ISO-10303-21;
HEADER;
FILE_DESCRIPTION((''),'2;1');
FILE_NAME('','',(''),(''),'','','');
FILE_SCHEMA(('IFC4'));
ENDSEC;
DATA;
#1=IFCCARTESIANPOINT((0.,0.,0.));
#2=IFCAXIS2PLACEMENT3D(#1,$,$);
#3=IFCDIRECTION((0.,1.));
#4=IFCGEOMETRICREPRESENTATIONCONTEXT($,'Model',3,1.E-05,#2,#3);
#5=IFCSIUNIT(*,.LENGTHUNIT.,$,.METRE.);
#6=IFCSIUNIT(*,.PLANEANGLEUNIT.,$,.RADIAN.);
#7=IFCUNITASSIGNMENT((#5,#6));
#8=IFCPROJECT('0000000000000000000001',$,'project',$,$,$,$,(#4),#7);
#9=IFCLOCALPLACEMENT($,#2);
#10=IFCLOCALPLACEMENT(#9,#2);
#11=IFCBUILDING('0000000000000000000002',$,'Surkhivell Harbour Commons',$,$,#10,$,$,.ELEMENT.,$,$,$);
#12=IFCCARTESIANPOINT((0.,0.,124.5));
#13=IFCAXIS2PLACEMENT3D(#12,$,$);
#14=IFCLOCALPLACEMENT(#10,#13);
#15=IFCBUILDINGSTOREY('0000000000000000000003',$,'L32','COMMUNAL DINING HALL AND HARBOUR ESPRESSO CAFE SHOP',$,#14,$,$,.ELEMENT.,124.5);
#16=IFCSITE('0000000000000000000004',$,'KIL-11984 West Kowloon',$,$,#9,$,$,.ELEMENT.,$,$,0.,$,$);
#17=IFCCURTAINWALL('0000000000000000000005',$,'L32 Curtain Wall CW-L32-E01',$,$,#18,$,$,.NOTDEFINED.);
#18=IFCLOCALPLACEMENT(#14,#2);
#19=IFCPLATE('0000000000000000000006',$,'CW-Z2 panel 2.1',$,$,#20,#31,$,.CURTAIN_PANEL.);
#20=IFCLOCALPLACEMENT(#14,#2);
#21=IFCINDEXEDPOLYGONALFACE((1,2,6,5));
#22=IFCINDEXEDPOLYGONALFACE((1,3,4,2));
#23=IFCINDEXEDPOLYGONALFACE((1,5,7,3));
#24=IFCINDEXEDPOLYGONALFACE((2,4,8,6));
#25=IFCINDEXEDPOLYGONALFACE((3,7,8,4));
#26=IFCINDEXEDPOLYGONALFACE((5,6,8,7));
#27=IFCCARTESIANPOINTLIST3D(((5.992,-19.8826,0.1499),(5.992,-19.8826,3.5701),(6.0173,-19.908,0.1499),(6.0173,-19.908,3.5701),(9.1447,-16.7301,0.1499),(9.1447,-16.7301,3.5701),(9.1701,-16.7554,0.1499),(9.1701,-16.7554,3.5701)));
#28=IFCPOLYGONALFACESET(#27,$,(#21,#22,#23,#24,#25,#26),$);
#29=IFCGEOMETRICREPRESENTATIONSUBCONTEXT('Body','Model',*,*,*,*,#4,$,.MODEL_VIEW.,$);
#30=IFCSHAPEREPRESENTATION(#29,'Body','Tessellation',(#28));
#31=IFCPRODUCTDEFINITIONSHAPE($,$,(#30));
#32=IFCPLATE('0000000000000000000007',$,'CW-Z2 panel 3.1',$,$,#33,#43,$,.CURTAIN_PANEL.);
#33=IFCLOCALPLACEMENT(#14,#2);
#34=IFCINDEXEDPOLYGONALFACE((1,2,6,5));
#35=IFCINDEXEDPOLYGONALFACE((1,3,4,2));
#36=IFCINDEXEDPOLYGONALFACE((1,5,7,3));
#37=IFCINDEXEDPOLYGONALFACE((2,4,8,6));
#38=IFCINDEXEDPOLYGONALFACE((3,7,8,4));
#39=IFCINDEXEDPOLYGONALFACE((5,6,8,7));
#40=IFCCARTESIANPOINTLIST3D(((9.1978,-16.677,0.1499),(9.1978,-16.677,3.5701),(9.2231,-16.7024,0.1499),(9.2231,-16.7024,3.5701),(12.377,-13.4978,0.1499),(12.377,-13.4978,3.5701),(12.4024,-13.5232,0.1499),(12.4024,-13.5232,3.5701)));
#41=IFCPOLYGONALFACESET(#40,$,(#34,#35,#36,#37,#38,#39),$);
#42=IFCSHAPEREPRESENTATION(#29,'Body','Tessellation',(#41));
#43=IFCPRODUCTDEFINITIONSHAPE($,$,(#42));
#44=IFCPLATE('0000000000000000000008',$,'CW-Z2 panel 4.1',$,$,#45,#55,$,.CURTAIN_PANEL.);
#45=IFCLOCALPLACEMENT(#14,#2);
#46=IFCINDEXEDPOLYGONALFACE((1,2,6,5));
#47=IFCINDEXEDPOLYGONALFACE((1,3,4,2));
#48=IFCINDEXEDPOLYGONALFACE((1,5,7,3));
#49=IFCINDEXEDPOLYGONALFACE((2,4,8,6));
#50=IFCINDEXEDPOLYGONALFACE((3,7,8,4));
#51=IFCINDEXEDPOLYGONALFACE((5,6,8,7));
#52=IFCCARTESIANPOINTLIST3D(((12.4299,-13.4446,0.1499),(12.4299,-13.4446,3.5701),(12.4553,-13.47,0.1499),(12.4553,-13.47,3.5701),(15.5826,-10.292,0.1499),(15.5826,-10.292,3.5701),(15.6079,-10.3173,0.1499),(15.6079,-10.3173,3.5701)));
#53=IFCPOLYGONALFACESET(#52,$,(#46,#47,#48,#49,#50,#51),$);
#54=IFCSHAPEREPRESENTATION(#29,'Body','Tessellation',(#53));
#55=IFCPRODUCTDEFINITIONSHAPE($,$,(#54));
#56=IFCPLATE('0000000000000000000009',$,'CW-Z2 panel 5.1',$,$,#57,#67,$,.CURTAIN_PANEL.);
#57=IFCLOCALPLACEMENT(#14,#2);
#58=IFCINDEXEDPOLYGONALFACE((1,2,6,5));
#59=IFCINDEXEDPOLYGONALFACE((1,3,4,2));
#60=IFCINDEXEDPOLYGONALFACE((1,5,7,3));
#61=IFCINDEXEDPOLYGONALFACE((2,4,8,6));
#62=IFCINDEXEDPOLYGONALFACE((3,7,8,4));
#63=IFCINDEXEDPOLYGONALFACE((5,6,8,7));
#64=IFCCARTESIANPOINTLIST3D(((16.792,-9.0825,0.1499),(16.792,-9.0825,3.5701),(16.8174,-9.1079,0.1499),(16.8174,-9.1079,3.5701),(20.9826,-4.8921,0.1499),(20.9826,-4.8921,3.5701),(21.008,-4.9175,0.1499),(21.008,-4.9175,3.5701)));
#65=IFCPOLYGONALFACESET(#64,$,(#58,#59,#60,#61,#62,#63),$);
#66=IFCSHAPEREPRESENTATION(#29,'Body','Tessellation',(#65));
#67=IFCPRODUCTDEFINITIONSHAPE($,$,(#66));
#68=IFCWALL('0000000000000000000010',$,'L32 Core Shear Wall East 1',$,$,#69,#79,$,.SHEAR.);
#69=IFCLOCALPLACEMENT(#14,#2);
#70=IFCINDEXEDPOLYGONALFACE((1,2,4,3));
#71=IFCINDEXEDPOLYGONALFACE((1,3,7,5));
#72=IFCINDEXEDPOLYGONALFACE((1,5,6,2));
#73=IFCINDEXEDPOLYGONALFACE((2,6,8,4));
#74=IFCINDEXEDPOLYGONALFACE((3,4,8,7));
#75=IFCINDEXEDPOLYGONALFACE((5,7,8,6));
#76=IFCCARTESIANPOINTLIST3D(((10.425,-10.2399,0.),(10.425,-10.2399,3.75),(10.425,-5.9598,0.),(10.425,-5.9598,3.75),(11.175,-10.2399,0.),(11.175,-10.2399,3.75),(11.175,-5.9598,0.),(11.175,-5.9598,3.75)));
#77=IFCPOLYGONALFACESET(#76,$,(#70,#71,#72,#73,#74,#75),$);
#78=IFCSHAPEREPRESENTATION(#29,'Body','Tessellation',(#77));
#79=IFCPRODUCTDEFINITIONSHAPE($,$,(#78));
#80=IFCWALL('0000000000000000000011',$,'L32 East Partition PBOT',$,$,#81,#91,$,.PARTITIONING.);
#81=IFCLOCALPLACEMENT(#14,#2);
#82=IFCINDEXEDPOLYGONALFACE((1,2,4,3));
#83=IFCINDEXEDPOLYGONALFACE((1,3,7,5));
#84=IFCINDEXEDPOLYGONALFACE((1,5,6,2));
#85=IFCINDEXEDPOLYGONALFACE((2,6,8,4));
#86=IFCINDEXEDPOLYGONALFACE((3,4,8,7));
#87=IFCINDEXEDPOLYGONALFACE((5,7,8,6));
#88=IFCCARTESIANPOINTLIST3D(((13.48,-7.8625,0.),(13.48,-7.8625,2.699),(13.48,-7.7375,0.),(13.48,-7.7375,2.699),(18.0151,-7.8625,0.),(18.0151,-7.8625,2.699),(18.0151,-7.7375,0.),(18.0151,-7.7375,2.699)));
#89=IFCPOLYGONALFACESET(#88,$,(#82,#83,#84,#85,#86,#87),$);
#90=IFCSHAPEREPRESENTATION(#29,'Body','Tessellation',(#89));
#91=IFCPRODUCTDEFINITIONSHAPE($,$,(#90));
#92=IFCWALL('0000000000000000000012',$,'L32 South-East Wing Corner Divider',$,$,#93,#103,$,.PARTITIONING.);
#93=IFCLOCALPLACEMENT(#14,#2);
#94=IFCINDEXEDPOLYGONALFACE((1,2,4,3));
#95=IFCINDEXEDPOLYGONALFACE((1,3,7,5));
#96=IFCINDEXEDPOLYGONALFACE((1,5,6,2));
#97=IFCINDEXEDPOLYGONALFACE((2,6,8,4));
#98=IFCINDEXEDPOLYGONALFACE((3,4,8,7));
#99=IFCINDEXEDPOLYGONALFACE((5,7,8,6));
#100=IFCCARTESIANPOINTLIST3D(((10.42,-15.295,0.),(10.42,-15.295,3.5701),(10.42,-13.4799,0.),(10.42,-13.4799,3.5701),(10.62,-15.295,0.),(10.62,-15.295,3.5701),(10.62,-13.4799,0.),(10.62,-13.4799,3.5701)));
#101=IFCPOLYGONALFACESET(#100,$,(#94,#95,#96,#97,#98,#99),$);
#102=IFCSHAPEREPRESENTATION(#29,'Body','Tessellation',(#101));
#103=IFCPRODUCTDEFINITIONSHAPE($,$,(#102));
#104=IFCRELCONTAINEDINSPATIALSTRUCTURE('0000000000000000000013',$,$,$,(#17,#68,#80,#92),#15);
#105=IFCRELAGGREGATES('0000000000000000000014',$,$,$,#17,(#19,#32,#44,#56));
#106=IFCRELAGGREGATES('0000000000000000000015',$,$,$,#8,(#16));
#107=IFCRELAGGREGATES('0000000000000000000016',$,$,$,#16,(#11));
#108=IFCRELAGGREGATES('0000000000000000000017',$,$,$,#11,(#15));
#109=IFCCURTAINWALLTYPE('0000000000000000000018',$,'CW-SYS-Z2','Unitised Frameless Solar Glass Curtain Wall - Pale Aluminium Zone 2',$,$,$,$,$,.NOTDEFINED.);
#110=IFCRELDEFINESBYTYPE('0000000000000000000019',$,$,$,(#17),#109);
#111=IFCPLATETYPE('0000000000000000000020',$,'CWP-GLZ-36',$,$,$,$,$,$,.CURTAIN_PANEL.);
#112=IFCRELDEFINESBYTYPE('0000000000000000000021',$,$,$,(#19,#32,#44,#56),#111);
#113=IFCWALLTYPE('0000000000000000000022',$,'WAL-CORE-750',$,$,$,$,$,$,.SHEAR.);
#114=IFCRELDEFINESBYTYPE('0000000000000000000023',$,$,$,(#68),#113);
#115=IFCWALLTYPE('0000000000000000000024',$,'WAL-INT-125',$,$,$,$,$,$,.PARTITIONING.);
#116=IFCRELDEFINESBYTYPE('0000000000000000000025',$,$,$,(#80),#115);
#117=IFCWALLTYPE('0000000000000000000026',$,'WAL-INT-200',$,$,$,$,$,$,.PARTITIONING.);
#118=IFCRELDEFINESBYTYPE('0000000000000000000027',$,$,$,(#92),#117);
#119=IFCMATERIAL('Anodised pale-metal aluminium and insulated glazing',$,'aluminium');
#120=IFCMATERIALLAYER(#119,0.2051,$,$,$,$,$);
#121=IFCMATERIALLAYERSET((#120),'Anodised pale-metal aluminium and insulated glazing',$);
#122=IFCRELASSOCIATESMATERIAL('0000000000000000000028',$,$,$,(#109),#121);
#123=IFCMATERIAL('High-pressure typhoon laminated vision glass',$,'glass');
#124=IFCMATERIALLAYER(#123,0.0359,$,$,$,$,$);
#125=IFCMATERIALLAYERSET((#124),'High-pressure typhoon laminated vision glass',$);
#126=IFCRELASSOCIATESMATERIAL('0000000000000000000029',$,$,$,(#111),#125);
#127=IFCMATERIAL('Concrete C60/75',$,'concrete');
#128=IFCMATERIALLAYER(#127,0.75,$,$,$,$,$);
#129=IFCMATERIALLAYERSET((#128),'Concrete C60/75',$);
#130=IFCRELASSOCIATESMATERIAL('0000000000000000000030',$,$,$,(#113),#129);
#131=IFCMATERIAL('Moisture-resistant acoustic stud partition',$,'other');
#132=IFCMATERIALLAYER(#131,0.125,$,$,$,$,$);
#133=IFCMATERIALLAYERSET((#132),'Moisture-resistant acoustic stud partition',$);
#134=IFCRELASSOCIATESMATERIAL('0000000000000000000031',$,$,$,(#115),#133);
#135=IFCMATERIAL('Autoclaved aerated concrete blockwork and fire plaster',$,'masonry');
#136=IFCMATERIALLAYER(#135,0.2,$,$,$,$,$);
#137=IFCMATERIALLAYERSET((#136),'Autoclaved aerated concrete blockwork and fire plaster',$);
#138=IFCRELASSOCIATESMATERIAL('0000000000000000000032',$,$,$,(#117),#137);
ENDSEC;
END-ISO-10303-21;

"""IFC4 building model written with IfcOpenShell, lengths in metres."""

from ifc_helpers import new_model, si_unit, direction, frame, frame_2d, origin, place, context, subcontext, project, spatial, rectangle, extrude, material, layer, layer_set, type_object, element, aggregate, save


model = new_model("IFC4")

# Units and contexts
model_context = context("Model", 3, precision=1e-05, world=origin(), true_north=direction((0.0, 1.0)))
body_context = subcontext(model_context, "Body", "Model", "MODEL_VIEW")
ifc_project = project(units=[si_unit("LENGTHUNIT", "METRE"), si_unit("PLANEANGLEUNIT", "RADIAN")], contexts=[model_context])

# Site, building, storey
site_placement = place(None, origin())
site = spatial("IfcSite", under=ifc_project, at=site_placement, Name="KIL-11984 West Kowloon", CompositionType="ELEMENT", RefElevation=0.0)
building_placement = place(site_placement, origin())
building = spatial("IfcBuilding", under=site, at=building_placement, Name="Surkhivell Harbour Commons", CompositionType="ELEMENT")
storey_placement = place(building_placement, frame((0.0, 0.0, 124.5)))
storey = spatial("IfcBuildingStorey", under=building, at=storey_placement, Name="L32", Description="COMMUNAL DINING HALL AND HARBOUR ESPRESSO CAFE SHOP", CompositionType="ELEMENT", Elevation=124.5)

# Shared definitions
ifc_material_1 = material(Name="Concrete C60/75", Category="concrete")

# Curtain wall, plates
ifc_material_2 = material(Name="Anodised pale-metal aluminium and insulated glazing", Category="aluminium")
ifc_layer_1 = layer(ifc_material_2, 0.2051)
ifc_layer_set_1 = layer_set([ifc_layer_1], Name="Anodised pale-metal aluminium and insulated glazing")
curtain_wall_type = type_object("IfcCurtainWallType", Name="CW-SYS-Z2", Description="Unitised Frameless Solar Glass Curtain Wall - Pale Aluminium Zone 2", PredefinedType="NOTDEFINED", material=ifc_layer_set_1)
curtain_wall_placement = place(storey_placement, origin())
curtain_wall = element("IfcCurtainWall", 1, at=curtain_wall_placement, inside=storey, type_object=curtain_wall_type, Name="L32 Curtain Wall CW-L32-E01", PredefinedType="NOTDEFINED")
ifc_material_3 = material(Name="High-pressure typhoon laminated vision glass", Category="glass")
ifc_layer_2 = layer(ifc_material_3, 0.0359)
ifc_layer_set_2 = layer_set([ifc_layer_2], Name="High-pressure typhoon laminated vision glass")
plate_type = type_object("IfcPlateType", Name="CWP-GLZ-36", PredefinedType="CURTAIN_PANEL", material=ifc_layer_set_2)
plate_1_placement = place(storey_placement, frame((6.0046, -19.8953, 0.1499), z_axis=(0.0, 0.0, 1.0), x_axis=(0.707134, 0.707079, 0.0)))
plate_1 = element("IfcPlate", 2, at=plate_1_placement, type_object=plate_type, Name="CW-Z2 panel 2.1", PredefinedType="CURTAIN_PANEL", context=body_context, shape_type="SweptSolid", body=[
    extrude(rectangle(XDim=4.4585, YDim=0.0359, at=frame_2d((2.2292, 0.0))), origin(), (0.0, 0.0, 1.0), 3.4202),
])
plate_2_placement = place(storey_placement, frame((9.2104, -16.6897, 0.1499), z_axis=(0.0, 0.0, 1.0), x_axis=(0.707107, 0.707107, 0.0)))
plate_2 = element("IfcPlate", 3, at=plate_2_placement, type_object=plate_type, Name="CW-Z2 panel 3.1", PredefinedType="CURTAIN_PANEL", context=body_context, shape_type="SweptSolid", body=[
    extrude(rectangle(XDim=4.4961, YDim=0.0359, at=frame_2d((2.248, 0.0))), origin(), (0.0, 0.0, 1.0), 3.4202),
])
plate_3_placement = place(storey_placement, frame((12.4426, -13.4573, 0.1499), z_axis=(0.0, 0.0, 1.0), x_axis=(0.707107, 0.707107, 0.0)))
plate_3 = element("IfcPlate", 4, at=plate_3_placement, type_object=plate_type, Name="CW-Z2 panel 4.1", PredefinedType="CURTAIN_PANEL", context=body_context, shape_type="SweptSolid", body=[
    extrude(rectangle(XDim=4.4585, YDim=0.0359, at=frame_2d((2.2292, 0.0))), origin(), (0.0, 0.0, 1.0), 3.4202),
])
plate_4_placement = place(storey_placement, frame((16.8047, -9.0952, 0.1499), z_axis=(0.0, 0.0, 1.0), x_axis=(0.707127, 0.707086, 0.0)))
plate_4 = element("IfcPlate", 5, at=plate_4_placement, type_object=plate_type, Name="CW-Z2 panel 5.1", PredefinedType="CURTAIN_PANEL", context=body_context, shape_type="SweptSolid", body=[
    extrude(rectangle(XDim=5.9263, YDim=0.0359, at=frame_2d((2.9631, 0.0))), origin(), (0.0, 0.0, 1.0), 3.4202),
])
aggregate(curtain_wall, [plate_1, plate_2, plate_3, plate_4])

# Walls
ifc_layer_3 = layer(ifc_material_1, 0.75)
ifc_layer_set_3 = layer_set([ifc_layer_3], Name="Concrete C60/75")
wall_type_1 = type_object("IfcWallType", Name="WAL-CORE-750", PredefinedType="SHEAR", material=ifc_layer_set_3)
wall_1_placement = place(storey_placement, frame((10.8, -10.24, 0.0), z_axis=(0.0, 0.0, 1.0), x_axis=(0.0, 1.0, 0.0)))
element("IfcWall", 6, at=wall_1_placement, inside=storey, type_object=wall_type_1, Name="L32 Core Shear Wall East 1", PredefinedType="SHEAR", context=body_context, shape_type="SweptSolid", body=[
    extrude(rectangle(XDim=4.28, YDim=0.75, at=frame_2d((2.1401, 0.0))), origin(), (0.0, 0.0, 1.0), 3.75),
])
ifc_material_4 = material(Name="Moisture-resistant acoustic stud partition", Category="other")
ifc_layer_4 = layer(ifc_material_4, 0.125)
ifc_layer_set_4 = layer_set([ifc_layer_4], Name="Moisture-resistant acoustic stud partition")
wall_type_2 = type_object("IfcWallType", Name="WAL-INT-125", PredefinedType="PARTITIONING", material=ifc_layer_set_4)
wall_2_placement = place(storey_placement, frame((13.48, -7.8, 0.0), z_axis=(0.0, 0.0, 1.0), x_axis=(1.0, 0.0, 0.0)))
element("IfcWall", 7, at=wall_2_placement, inside=storey, type_object=wall_type_2, Name="L32 East Partition PBOT", PredefinedType="PARTITIONING", context=body_context, shape_type="SweptSolid", body=[
    extrude(rectangle(XDim=4.5352, YDim=0.125, at=frame_2d((2.2676, 0.0))), origin(), (0.0, 0.0, 1.0), 2.699),
])
ifc_material_5 = material(Name="Autoclaved aerated concrete blockwork and fire plaster", Category="masonry")
ifc_layer_5 = layer(ifc_material_5, 0.2)
ifc_layer_set_5 = layer_set([ifc_layer_5], Name="Autoclaved aerated concrete blockwork and fire plaster")
wall_type_3 = type_object("IfcWallType", Name="WAL-INT-200", PredefinedType="PARTITIONING", material=ifc_layer_set_5)
wall_3_placement = place(storey_placement, frame((10.52, -15.2952, 0.0), z_axis=(0.0, 0.0, 1.0), x_axis=(0.0, 1.0, 0.0)))
element("IfcWall", 8, at=wall_3_placement, inside=storey, type_object=wall_type_3, Name="L32 South-East Wing Corner Divider", PredefinedType="PARTITIONING", context=body_context, shape_type="SweptSolid", body=[
    extrude(rectangle(XDim=1.8152, YDim=0.2, at=frame_2d((0.9077, 0.0))), origin(), (0.0, 0.0, 1.0), 3.5701),
])

save(model, "model.ifc")
